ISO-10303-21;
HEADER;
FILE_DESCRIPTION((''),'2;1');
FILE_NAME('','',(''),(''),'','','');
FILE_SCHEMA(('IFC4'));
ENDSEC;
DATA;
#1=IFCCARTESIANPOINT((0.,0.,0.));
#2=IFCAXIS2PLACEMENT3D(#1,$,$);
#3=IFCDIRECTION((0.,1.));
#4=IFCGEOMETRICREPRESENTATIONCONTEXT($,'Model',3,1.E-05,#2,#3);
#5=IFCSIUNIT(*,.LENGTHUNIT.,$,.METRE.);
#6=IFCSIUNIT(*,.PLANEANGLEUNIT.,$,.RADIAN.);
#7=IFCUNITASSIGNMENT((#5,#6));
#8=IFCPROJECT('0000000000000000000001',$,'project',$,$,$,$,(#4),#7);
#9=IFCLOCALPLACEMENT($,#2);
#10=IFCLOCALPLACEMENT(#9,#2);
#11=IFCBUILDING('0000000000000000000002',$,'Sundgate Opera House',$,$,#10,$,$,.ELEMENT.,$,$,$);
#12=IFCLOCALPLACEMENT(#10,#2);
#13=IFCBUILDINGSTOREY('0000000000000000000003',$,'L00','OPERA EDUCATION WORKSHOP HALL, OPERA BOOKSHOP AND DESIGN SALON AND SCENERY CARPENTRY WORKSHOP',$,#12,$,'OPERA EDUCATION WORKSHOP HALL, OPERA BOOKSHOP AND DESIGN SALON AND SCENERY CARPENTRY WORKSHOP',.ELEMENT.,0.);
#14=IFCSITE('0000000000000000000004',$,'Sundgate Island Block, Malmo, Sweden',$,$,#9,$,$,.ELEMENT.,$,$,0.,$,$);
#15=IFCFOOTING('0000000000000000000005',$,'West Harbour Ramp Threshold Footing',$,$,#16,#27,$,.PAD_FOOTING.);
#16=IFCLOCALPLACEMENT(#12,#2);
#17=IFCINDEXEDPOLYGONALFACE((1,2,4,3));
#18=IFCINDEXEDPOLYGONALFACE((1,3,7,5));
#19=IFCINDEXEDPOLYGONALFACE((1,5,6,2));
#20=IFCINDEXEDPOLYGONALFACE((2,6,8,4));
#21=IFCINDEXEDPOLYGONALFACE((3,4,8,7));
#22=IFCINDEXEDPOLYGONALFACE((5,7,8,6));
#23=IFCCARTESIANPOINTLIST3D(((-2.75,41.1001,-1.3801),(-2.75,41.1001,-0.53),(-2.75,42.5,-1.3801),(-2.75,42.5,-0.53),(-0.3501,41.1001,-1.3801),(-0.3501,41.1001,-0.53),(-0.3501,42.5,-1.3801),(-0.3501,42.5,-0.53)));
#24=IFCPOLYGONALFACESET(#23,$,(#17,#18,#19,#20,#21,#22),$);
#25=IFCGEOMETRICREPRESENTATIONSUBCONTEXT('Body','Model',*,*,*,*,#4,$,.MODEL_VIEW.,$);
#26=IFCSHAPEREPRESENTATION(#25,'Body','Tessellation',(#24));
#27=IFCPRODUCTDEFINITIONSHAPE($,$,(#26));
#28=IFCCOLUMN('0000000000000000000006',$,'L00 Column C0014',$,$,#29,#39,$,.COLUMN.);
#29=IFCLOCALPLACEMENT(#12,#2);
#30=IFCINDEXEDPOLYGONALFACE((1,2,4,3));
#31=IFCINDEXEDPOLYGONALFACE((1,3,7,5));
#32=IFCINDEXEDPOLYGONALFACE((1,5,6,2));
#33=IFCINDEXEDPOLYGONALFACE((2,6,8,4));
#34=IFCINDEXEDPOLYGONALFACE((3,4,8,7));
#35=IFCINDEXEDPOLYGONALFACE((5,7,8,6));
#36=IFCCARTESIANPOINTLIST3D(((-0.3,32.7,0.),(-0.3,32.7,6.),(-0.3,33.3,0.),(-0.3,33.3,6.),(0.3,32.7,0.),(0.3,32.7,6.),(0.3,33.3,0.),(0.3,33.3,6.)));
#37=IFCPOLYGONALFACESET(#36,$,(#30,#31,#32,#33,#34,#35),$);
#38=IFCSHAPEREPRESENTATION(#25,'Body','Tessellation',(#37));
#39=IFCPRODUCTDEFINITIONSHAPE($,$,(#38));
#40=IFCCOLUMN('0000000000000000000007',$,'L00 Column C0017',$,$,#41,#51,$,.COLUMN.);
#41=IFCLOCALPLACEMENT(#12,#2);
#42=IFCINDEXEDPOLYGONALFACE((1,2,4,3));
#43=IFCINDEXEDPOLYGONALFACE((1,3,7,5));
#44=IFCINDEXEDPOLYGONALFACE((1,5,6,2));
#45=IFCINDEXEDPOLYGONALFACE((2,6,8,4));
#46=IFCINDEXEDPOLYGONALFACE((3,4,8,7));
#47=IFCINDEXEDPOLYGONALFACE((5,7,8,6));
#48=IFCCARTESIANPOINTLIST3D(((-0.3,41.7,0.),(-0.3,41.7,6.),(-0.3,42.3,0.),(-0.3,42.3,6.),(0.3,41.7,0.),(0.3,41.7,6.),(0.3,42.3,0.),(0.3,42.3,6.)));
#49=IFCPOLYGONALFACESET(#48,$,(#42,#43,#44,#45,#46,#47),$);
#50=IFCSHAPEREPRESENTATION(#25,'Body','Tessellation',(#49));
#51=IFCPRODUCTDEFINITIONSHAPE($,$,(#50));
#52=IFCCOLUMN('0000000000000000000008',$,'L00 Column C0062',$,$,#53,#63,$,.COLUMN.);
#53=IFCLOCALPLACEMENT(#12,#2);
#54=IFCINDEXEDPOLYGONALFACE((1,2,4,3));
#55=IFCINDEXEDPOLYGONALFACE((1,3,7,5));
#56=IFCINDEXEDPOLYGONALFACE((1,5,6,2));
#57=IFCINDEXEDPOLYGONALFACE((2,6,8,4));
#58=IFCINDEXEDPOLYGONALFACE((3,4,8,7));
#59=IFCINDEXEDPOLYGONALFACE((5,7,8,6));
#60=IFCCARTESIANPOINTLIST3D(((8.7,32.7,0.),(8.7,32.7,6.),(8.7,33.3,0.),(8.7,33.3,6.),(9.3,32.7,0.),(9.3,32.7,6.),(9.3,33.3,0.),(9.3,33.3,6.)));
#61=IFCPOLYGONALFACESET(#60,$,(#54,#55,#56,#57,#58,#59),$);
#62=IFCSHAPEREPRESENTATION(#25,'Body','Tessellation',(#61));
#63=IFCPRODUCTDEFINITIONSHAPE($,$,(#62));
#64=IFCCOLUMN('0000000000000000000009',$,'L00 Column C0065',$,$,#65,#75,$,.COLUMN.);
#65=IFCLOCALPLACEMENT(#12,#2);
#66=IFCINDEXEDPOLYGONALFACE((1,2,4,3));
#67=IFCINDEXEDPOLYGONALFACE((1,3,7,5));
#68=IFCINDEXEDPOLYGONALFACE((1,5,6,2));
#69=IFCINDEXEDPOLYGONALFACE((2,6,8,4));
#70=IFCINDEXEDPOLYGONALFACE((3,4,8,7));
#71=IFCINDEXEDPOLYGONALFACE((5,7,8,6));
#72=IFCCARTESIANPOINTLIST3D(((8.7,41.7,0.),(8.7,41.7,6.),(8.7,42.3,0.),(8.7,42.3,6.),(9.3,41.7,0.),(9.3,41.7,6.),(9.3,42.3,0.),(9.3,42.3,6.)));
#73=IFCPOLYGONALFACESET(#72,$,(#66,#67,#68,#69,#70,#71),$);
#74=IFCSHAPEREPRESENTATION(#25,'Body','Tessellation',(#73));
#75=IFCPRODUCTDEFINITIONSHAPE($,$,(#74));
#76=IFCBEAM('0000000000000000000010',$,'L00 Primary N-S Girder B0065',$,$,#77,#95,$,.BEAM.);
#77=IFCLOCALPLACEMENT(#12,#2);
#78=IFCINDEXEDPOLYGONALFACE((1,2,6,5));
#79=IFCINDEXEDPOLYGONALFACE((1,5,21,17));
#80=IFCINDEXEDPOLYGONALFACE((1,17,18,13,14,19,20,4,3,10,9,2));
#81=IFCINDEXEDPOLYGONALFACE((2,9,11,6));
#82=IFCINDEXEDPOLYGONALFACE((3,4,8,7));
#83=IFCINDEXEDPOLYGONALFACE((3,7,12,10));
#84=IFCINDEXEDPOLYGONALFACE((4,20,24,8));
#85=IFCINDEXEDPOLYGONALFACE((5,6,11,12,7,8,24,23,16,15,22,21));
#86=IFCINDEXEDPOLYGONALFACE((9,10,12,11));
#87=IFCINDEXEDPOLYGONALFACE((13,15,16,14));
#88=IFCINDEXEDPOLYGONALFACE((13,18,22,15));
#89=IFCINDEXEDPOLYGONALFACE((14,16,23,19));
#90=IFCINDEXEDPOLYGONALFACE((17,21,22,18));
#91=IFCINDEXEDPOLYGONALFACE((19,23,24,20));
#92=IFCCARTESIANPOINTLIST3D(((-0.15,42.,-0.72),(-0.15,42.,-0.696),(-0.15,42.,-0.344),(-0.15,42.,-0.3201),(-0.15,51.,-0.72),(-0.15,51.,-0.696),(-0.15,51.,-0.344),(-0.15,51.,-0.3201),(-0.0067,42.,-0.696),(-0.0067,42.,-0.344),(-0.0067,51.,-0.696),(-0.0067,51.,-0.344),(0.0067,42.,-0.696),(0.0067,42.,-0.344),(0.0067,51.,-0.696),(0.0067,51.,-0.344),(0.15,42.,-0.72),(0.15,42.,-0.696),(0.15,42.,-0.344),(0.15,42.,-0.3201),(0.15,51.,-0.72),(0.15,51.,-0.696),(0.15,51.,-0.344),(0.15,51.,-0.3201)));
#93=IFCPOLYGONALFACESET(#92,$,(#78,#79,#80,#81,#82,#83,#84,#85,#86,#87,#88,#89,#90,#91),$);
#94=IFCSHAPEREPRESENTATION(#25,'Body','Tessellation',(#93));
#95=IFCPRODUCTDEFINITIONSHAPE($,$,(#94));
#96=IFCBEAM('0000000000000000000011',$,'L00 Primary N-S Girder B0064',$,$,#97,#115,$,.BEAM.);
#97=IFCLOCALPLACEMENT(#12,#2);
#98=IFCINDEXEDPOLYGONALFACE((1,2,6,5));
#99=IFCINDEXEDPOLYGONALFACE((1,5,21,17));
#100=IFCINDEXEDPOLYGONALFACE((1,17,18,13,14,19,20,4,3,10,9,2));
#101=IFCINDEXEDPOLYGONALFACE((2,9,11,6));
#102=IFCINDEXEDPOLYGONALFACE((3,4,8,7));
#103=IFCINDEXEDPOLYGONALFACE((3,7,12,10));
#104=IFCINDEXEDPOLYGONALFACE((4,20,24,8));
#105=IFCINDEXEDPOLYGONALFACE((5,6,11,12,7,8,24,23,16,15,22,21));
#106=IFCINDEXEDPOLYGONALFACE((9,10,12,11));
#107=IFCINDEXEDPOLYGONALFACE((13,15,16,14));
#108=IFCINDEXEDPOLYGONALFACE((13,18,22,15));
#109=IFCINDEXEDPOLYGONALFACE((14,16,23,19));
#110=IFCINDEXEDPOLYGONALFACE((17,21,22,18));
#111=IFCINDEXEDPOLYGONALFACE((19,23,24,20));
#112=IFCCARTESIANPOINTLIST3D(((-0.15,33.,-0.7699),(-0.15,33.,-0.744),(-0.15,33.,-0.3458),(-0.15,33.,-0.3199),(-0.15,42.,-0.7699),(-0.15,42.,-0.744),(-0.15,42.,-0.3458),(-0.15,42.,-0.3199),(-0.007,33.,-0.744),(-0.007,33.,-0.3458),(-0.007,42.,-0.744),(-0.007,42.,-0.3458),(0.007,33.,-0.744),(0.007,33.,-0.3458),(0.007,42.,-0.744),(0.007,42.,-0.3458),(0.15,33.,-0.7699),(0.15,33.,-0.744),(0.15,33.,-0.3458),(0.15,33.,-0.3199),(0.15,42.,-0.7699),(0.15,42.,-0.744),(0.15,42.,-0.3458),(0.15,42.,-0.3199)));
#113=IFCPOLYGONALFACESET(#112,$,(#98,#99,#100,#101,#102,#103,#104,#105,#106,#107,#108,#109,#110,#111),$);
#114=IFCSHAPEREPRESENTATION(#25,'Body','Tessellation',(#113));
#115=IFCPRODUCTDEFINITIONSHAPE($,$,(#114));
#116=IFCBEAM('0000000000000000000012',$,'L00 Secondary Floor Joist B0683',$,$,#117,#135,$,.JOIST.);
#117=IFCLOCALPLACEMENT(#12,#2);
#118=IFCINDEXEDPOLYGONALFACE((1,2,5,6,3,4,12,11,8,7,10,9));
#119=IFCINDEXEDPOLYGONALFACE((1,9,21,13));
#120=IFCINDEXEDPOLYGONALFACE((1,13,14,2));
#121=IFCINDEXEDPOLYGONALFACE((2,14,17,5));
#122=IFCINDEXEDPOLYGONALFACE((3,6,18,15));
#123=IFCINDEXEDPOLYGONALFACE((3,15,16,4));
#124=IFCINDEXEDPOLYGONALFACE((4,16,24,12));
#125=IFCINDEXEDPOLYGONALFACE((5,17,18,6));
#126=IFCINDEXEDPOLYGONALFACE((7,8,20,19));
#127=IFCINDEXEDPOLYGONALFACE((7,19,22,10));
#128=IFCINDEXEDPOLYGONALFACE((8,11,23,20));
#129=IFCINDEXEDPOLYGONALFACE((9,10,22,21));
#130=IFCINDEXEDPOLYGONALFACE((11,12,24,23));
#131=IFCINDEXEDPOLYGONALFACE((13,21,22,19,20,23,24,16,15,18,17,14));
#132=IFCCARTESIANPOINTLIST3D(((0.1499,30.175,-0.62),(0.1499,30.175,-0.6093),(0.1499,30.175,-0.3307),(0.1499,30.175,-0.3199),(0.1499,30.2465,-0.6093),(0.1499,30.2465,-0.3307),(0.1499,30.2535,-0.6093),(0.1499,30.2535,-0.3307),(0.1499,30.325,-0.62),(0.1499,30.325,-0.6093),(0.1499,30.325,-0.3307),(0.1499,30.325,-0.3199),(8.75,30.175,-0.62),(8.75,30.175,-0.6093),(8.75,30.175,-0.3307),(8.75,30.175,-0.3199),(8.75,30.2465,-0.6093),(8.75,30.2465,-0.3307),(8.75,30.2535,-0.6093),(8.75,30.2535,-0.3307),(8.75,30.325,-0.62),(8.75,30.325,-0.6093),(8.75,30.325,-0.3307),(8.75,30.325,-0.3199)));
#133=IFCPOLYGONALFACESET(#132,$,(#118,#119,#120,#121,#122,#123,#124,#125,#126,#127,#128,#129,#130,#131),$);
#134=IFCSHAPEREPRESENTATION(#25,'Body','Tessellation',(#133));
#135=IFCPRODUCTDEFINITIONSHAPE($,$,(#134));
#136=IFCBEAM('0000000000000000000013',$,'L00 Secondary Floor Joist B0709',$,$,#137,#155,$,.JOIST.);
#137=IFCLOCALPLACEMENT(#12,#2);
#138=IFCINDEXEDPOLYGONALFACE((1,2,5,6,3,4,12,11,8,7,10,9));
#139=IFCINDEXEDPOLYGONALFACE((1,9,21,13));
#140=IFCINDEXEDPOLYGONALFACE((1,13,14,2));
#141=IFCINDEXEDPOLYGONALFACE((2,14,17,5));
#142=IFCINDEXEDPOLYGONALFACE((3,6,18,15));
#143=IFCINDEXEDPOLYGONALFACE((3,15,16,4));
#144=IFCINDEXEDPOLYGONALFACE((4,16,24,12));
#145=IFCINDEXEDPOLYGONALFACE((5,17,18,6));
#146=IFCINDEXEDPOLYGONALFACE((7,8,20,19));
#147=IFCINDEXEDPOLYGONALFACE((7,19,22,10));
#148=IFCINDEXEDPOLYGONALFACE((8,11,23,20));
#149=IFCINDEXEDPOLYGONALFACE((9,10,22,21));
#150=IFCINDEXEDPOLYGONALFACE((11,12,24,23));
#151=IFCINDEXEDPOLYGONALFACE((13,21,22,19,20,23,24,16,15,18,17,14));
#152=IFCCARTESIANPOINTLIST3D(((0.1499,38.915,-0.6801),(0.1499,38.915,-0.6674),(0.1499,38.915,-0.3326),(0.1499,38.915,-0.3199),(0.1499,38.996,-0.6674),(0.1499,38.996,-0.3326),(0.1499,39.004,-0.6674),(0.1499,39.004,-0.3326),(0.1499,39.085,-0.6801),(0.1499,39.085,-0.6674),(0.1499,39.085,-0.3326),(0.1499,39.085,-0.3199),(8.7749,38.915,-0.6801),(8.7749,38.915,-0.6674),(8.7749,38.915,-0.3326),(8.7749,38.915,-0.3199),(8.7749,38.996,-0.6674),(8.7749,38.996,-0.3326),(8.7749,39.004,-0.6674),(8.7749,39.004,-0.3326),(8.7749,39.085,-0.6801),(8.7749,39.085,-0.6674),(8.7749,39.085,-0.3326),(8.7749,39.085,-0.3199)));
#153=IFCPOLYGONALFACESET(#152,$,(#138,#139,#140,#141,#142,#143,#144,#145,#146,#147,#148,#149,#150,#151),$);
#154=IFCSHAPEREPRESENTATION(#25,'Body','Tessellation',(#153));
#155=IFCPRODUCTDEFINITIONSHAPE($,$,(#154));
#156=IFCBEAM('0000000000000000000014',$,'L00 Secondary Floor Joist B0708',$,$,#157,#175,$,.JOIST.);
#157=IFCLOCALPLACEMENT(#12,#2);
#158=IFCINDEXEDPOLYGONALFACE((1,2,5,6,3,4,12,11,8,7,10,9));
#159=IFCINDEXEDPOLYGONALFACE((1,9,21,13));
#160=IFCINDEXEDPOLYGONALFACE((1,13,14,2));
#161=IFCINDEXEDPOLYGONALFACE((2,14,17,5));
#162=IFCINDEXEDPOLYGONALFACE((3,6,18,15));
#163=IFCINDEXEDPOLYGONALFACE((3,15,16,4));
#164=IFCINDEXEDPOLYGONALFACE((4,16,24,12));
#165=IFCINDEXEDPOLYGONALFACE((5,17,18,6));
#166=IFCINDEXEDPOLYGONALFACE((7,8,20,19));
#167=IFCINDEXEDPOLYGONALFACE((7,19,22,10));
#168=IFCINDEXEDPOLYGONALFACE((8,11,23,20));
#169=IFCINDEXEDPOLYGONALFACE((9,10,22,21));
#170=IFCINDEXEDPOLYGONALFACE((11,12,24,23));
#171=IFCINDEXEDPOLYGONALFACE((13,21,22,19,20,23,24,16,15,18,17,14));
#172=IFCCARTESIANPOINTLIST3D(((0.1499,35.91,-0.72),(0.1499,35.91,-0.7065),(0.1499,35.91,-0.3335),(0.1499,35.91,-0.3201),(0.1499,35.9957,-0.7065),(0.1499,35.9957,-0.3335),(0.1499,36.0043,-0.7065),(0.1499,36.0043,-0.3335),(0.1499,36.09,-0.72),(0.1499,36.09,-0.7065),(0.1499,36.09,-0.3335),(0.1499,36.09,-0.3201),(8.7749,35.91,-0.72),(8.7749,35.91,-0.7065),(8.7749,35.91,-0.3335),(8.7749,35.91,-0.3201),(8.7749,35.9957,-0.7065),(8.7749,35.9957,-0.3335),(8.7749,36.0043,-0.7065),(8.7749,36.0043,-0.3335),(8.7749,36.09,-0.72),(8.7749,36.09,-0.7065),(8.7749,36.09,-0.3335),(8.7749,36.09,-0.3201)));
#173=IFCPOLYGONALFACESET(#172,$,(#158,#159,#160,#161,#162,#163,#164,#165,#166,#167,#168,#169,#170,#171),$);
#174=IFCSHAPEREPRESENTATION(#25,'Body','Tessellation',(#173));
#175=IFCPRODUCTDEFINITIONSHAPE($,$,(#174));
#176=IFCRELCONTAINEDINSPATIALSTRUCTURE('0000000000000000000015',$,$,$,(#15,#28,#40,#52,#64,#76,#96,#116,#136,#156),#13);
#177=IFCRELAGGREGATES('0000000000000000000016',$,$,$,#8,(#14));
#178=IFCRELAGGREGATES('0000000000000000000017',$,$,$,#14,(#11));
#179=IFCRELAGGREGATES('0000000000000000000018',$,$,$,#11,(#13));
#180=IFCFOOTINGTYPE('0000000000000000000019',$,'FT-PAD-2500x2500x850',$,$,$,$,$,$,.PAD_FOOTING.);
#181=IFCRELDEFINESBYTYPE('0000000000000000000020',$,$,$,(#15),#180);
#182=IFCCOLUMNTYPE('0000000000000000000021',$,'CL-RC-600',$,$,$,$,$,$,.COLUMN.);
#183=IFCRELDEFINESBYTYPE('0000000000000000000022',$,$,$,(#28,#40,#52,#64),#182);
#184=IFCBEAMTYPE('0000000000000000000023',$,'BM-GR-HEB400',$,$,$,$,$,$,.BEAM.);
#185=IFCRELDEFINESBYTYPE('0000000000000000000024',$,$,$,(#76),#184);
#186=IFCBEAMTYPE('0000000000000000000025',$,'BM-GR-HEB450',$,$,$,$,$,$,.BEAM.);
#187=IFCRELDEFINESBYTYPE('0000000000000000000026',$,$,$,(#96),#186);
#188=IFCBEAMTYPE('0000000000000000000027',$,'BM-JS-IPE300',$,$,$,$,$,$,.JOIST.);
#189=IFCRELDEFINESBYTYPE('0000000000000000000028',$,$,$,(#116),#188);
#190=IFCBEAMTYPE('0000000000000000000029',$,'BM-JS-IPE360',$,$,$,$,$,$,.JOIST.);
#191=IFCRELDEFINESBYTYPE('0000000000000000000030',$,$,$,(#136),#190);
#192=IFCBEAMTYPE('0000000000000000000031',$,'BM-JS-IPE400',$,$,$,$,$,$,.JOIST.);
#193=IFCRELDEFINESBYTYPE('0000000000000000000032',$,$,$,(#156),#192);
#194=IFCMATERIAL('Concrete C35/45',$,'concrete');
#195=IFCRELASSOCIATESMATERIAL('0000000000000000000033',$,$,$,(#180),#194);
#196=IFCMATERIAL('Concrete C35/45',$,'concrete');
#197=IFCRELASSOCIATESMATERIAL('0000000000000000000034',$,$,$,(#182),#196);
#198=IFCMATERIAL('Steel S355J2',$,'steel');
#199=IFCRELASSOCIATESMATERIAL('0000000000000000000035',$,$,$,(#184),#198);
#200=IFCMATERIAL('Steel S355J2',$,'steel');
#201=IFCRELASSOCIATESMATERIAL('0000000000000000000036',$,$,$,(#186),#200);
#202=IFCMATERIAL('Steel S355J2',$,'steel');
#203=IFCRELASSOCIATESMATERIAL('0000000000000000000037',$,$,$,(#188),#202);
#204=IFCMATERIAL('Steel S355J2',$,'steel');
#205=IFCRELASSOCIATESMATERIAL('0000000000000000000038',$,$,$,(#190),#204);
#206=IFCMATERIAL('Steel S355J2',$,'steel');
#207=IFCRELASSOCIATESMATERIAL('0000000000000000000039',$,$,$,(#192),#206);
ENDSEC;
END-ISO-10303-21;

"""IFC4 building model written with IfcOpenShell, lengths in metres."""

from ifc_helpers import new_model, si_unit, direction, frame, origin, origin_2d, place, context, subcontext, project, spatial, rectangle, i_section, extrude, material, material_profile, profile_set, type_object, element, save


model = new_model("IFC4")

# Units and contexts
model_context = context("Model", 3, precision=1e-05, world=origin(), true_north=direction((0.0, 1.0)))
body_context = subcontext(model_context, "Body", "Model", "MODEL_VIEW")
ifc_project = project(units=[si_unit("LENGTHUNIT", "METRE"), si_unit("PLANEANGLEUNIT", "RADIAN")], contexts=[model_context])

# Site, building, storey
site_placement = place(None, origin())
site = spatial("IfcSite", under=ifc_project, at=site_placement, Name="Sundgate Island Block, Malmo, Sweden", CompositionType="ELEMENT", RefElevation=0.0)
building_placement = place(site_placement, origin())
building = spatial("IfcBuilding", under=site, at=building_placement, Name="Sundgate Opera House", CompositionType="ELEMENT")
storey_placement = place(building_placement, origin())
storey = spatial("IfcBuildingStorey", under=building, at=storey_placement, Name="L00", Description="OPERA EDUCATION WORKSHOP HALL, OPERA BOOKSHOP AND DESIGN SALON AND SCENERY CARPENTRY WORKSHOP", LongName="OPERA EDUCATION WORKSHOP HALL, OPERA BOOKSHOP AND DESIGN SALON AND SCENERY CARPENTRY WORKSHOP", CompositionType="ELEMENT", Elevation=0.0)

# Footing
ifc_material_1 = material(Name="Concrete C35/45", Category="concrete")
footing_type = type_object("IfcFootingType", Name="FT-PAD-2500x2500x850", PredefinedType="PAD_FOOTING", material=ifc_material_1)
footing_placement = place(storey_placement, frame((-1.55, 41.8, -1.3801), z_axis=(0.0, 0.0, 1.0), x_axis=(1.0, 0.0, 0.0)))
element("IfcFooting", 1, at=footing_placement, inside=storey, type_object=footing_type, Name="West Harbour Ramp Threshold Footing", PredefinedType="PAD_FOOTING", context=body_context, shape_type="SweptSolid", body=[
    extrude(rectangle(XDim=2.3999, YDim=1.3999, at=origin_2d()), origin(), (0.0, 0.0, 1.0), 0.8501),
])

# Columns
ifc_material_2 = material(Name="Concrete C35/45", Category="concrete")
ifc_material_profile_1 = material_profile(ifc_material_2, rectangle(XDim=0.6001, YDim=0.6001, at=origin_2d()), Name="RC 600x600")
ifc_profile_set_1 = profile_set([ifc_material_profile_1], Name="Concrete C35/45")
column_type = type_object("IfcColumnType", Name="CL-RC-600", PredefinedType="COLUMN", material=ifc_profile_set_1)
for number, where, z_axis, x_axis, name in (
    (2, (0.0, 33.0, 0.0), (0.0, 0.0, 1.0), (1.0, 0.0, 0.0), "L00 Column C0014"),
    (3, (0.0, 42.0, 0.0), (0.0, 0.0, 1.0), (1.0, 0.0, 0.0), "L00 Column C0017"),
    (4, (9.0, 33.0, 0.0), (0.0, 0.0, 1.0), (1.0, 0.0, 0.0), "L00 Column C0062"),
    (5, (9.0, 42.0, 0.0), (0.0, 0.0, 1.0), (1.0, 0.0, 0.0), "L00 Column C0065"),
):
    element("IfcColumn", number, at=place(storey_placement, frame(where, z_axis=z_axis, x_axis=x_axis)), inside=storey, type_object=column_type, Name=name, PredefinedType="COLUMN", context=body_context, shape_type="SweptSolid", body=[
        extrude(rectangle(XDim=0.6001, YDim=0.6001, at=origin_2d()), origin(), (0.0, 0.0, 1.0), 6.0),
    ])

# Beams
ifc_material_3 = material(Name="Steel S355J2", Category="steel")
ifc_material_profile_2 = material_profile(ifc_material_3, i_section(OverallWidth=0.3, OverallDepth=0.3999, WebThickness=0.0134, FlangeThickness=0.0239, at=origin_2d()), Name="HEB 400")
ifc_profile_set_2 = profile_set([ifc_material_profile_2], Name="Steel S355J2")
beam_type_1 = type_object("IfcBeamType", Name="BM-GR-HEB400", PredefinedType="BEAM", material=ifc_profile_set_2)
beam_1_placement = place(storey_placement, frame((0.0, 42.0, -0.52), z_axis=(0.0, 1.0, 0.0), x_axis=(-1.0, 0.0, 0.0)))
element("IfcBeam", 6, at=beam_1_placement, inside=storey, type_object=beam_type_1, Name="L00 Primary N-S Girder B0065", PredefinedType="BEAM", context=body_context, shape_type="SweptSolid", body=[
    extrude(i_section(OverallWidth=0.3, OverallDepth=0.3999, WebThickness=0.0134, FlangeThickness=0.0239, at=origin_2d()), origin(), (0.0, 0.0, 1.0), 9.0),
])
ifc_material_4 = material(Name="Steel S355J2", Category="steel")
ifc_material_profile_3 = material_profile(ifc_material_4, i_section(OverallWidth=0.3, OverallDepth=0.45, WebThickness=0.0139, FlangeThickness=0.0259, at=origin_2d()), Name="HEB 450")
ifc_profile_set_3 = profile_set([ifc_material_profile_3], Name="Steel S355J2")
beam_type_2 = type_object("IfcBeamType", Name="BM-GR-HEB450", PredefinedType="BEAM", material=ifc_profile_set_3)
beam_2_placement = place(storey_placement, frame((0.0, 33.0, -0.5449), z_axis=(0.0, 1.0, 0.0), x_axis=(-1.0, 0.0, 0.0)))
element("IfcBeam", 7, at=beam_2_placement, inside=storey, type_object=beam_type_2, Name="L00 Primary N-S Girder B0064", PredefinedType="BEAM", context=body_context, shape_type="SweptSolid", body=[
    extrude(i_section(OverallWidth=0.3, OverallDepth=0.45, WebThickness=0.0139, FlangeThickness=0.0259, at=origin_2d()), origin(), (0.0, 0.0, 1.0), 9.0),
])
ifc_material_5 = material(Name="Steel S355J2", Category="steel")
ifc_material_profile_4 = material_profile(ifc_material_5, i_section(OverallWidth=0.1499, OverallDepth=0.3, WebThickness=0.0071, FlangeThickness=0.0107, at=origin_2d()), Name="IPE 300")
ifc_profile_set_4 = profile_set([ifc_material_profile_4], Name="Steel S355J2")
beam_type_3 = type_object("IfcBeamType", Name="BM-JS-IPE300", PredefinedType="JOIST", material=ifc_profile_set_4)
beam_3_placement = place(storey_placement, frame((0.1499, 30.25, -0.47), z_axis=(1.0, 0.0, 0.0), x_axis=(0.0, 1.0, 0.0)))
element("IfcBeam", 8, at=beam_3_placement, inside=storey, type_object=beam_type_3, Name="L00 Secondary Floor Joist B0683", PredefinedType="JOIST", context=body_context, shape_type="SweptSolid", body=[
    extrude(i_section(OverallWidth=0.1499, OverallDepth=0.3, WebThickness=0.0071, FlangeThickness=0.0107, at=origin_2d()), origin(), (0.0, 0.0, 1.0), 8.6001),
])
ifc_material_6 = material(Name="Steel S355J2", Category="steel")
ifc_material_profile_5 = material_profile(ifc_material_6, i_section(OverallWidth=0.1699, OverallDepth=0.3601, WebThickness=0.0081, FlangeThickness=0.0127, at=origin_2d()), Name="IPE 360")
ifc_profile_set_5 = profile_set([ifc_material_profile_5], Name="Steel S355J2")
beam_type_4 = type_object("IfcBeamType", Name="BM-JS-IPE360", PredefinedType="JOIST", material=ifc_profile_set_5)
beam_4_placement = place(storey_placement, frame((0.1499, 39.0, -0.5), z_axis=(1.0, 0.0, 0.0), x_axis=(0.0, 1.0, 0.0)))
element("IfcBeam", 9, at=beam_4_placement, inside=storey, type_object=beam_type_4, Name="L00 Secondary Floor Joist B0709", PredefinedType="JOIST", context=body_context, shape_type="SweptSolid", body=[
    extrude(i_section(OverallWidth=0.1699, OverallDepth=0.3601, WebThickness=0.0081, FlangeThickness=0.0127, at=origin_2d()), origin(), (0.0, 0.0, 1.0), 8.625),
])
ifc_material_7 = material(Name="Steel S355J2", Category="steel")
ifc_material_profile_6 = material_profile(ifc_material_7, i_section(OverallWidth=0.1799, OverallDepth=0.3999, WebThickness=0.0085, FlangeThickness=0.0134, at=origin_2d()), Name="IPE 400")
ifc_profile_set_6 = profile_set([ifc_material_profile_6], Name="Steel S355J2")
beam_type_5 = type_object("IfcBeamType", Name="BM-JS-IPE400", PredefinedType="JOIST", material=ifc_profile_set_6)
beam_5_placement = place(storey_placement, frame((0.1499, 36.0, -0.52), z_axis=(1.0, 0.0, 0.0), x_axis=(0.0, 1.0, 0.0)))
element("IfcBeam", 10, at=beam_5_placement, inside=storey, type_object=beam_type_5, Name="L00 Secondary Floor Joist B0708", PredefinedType="JOIST", context=body_context, shape_type="SweptSolid", body=[
    extrude(i_section(OverallWidth=0.1799, OverallDepth=0.3999, WebThickness=0.0085, FlangeThickness=0.0134, at=origin_2d()), origin(), (0.0, 0.0, 1.0), 8.625),
])

save(model, "model.ifc")
